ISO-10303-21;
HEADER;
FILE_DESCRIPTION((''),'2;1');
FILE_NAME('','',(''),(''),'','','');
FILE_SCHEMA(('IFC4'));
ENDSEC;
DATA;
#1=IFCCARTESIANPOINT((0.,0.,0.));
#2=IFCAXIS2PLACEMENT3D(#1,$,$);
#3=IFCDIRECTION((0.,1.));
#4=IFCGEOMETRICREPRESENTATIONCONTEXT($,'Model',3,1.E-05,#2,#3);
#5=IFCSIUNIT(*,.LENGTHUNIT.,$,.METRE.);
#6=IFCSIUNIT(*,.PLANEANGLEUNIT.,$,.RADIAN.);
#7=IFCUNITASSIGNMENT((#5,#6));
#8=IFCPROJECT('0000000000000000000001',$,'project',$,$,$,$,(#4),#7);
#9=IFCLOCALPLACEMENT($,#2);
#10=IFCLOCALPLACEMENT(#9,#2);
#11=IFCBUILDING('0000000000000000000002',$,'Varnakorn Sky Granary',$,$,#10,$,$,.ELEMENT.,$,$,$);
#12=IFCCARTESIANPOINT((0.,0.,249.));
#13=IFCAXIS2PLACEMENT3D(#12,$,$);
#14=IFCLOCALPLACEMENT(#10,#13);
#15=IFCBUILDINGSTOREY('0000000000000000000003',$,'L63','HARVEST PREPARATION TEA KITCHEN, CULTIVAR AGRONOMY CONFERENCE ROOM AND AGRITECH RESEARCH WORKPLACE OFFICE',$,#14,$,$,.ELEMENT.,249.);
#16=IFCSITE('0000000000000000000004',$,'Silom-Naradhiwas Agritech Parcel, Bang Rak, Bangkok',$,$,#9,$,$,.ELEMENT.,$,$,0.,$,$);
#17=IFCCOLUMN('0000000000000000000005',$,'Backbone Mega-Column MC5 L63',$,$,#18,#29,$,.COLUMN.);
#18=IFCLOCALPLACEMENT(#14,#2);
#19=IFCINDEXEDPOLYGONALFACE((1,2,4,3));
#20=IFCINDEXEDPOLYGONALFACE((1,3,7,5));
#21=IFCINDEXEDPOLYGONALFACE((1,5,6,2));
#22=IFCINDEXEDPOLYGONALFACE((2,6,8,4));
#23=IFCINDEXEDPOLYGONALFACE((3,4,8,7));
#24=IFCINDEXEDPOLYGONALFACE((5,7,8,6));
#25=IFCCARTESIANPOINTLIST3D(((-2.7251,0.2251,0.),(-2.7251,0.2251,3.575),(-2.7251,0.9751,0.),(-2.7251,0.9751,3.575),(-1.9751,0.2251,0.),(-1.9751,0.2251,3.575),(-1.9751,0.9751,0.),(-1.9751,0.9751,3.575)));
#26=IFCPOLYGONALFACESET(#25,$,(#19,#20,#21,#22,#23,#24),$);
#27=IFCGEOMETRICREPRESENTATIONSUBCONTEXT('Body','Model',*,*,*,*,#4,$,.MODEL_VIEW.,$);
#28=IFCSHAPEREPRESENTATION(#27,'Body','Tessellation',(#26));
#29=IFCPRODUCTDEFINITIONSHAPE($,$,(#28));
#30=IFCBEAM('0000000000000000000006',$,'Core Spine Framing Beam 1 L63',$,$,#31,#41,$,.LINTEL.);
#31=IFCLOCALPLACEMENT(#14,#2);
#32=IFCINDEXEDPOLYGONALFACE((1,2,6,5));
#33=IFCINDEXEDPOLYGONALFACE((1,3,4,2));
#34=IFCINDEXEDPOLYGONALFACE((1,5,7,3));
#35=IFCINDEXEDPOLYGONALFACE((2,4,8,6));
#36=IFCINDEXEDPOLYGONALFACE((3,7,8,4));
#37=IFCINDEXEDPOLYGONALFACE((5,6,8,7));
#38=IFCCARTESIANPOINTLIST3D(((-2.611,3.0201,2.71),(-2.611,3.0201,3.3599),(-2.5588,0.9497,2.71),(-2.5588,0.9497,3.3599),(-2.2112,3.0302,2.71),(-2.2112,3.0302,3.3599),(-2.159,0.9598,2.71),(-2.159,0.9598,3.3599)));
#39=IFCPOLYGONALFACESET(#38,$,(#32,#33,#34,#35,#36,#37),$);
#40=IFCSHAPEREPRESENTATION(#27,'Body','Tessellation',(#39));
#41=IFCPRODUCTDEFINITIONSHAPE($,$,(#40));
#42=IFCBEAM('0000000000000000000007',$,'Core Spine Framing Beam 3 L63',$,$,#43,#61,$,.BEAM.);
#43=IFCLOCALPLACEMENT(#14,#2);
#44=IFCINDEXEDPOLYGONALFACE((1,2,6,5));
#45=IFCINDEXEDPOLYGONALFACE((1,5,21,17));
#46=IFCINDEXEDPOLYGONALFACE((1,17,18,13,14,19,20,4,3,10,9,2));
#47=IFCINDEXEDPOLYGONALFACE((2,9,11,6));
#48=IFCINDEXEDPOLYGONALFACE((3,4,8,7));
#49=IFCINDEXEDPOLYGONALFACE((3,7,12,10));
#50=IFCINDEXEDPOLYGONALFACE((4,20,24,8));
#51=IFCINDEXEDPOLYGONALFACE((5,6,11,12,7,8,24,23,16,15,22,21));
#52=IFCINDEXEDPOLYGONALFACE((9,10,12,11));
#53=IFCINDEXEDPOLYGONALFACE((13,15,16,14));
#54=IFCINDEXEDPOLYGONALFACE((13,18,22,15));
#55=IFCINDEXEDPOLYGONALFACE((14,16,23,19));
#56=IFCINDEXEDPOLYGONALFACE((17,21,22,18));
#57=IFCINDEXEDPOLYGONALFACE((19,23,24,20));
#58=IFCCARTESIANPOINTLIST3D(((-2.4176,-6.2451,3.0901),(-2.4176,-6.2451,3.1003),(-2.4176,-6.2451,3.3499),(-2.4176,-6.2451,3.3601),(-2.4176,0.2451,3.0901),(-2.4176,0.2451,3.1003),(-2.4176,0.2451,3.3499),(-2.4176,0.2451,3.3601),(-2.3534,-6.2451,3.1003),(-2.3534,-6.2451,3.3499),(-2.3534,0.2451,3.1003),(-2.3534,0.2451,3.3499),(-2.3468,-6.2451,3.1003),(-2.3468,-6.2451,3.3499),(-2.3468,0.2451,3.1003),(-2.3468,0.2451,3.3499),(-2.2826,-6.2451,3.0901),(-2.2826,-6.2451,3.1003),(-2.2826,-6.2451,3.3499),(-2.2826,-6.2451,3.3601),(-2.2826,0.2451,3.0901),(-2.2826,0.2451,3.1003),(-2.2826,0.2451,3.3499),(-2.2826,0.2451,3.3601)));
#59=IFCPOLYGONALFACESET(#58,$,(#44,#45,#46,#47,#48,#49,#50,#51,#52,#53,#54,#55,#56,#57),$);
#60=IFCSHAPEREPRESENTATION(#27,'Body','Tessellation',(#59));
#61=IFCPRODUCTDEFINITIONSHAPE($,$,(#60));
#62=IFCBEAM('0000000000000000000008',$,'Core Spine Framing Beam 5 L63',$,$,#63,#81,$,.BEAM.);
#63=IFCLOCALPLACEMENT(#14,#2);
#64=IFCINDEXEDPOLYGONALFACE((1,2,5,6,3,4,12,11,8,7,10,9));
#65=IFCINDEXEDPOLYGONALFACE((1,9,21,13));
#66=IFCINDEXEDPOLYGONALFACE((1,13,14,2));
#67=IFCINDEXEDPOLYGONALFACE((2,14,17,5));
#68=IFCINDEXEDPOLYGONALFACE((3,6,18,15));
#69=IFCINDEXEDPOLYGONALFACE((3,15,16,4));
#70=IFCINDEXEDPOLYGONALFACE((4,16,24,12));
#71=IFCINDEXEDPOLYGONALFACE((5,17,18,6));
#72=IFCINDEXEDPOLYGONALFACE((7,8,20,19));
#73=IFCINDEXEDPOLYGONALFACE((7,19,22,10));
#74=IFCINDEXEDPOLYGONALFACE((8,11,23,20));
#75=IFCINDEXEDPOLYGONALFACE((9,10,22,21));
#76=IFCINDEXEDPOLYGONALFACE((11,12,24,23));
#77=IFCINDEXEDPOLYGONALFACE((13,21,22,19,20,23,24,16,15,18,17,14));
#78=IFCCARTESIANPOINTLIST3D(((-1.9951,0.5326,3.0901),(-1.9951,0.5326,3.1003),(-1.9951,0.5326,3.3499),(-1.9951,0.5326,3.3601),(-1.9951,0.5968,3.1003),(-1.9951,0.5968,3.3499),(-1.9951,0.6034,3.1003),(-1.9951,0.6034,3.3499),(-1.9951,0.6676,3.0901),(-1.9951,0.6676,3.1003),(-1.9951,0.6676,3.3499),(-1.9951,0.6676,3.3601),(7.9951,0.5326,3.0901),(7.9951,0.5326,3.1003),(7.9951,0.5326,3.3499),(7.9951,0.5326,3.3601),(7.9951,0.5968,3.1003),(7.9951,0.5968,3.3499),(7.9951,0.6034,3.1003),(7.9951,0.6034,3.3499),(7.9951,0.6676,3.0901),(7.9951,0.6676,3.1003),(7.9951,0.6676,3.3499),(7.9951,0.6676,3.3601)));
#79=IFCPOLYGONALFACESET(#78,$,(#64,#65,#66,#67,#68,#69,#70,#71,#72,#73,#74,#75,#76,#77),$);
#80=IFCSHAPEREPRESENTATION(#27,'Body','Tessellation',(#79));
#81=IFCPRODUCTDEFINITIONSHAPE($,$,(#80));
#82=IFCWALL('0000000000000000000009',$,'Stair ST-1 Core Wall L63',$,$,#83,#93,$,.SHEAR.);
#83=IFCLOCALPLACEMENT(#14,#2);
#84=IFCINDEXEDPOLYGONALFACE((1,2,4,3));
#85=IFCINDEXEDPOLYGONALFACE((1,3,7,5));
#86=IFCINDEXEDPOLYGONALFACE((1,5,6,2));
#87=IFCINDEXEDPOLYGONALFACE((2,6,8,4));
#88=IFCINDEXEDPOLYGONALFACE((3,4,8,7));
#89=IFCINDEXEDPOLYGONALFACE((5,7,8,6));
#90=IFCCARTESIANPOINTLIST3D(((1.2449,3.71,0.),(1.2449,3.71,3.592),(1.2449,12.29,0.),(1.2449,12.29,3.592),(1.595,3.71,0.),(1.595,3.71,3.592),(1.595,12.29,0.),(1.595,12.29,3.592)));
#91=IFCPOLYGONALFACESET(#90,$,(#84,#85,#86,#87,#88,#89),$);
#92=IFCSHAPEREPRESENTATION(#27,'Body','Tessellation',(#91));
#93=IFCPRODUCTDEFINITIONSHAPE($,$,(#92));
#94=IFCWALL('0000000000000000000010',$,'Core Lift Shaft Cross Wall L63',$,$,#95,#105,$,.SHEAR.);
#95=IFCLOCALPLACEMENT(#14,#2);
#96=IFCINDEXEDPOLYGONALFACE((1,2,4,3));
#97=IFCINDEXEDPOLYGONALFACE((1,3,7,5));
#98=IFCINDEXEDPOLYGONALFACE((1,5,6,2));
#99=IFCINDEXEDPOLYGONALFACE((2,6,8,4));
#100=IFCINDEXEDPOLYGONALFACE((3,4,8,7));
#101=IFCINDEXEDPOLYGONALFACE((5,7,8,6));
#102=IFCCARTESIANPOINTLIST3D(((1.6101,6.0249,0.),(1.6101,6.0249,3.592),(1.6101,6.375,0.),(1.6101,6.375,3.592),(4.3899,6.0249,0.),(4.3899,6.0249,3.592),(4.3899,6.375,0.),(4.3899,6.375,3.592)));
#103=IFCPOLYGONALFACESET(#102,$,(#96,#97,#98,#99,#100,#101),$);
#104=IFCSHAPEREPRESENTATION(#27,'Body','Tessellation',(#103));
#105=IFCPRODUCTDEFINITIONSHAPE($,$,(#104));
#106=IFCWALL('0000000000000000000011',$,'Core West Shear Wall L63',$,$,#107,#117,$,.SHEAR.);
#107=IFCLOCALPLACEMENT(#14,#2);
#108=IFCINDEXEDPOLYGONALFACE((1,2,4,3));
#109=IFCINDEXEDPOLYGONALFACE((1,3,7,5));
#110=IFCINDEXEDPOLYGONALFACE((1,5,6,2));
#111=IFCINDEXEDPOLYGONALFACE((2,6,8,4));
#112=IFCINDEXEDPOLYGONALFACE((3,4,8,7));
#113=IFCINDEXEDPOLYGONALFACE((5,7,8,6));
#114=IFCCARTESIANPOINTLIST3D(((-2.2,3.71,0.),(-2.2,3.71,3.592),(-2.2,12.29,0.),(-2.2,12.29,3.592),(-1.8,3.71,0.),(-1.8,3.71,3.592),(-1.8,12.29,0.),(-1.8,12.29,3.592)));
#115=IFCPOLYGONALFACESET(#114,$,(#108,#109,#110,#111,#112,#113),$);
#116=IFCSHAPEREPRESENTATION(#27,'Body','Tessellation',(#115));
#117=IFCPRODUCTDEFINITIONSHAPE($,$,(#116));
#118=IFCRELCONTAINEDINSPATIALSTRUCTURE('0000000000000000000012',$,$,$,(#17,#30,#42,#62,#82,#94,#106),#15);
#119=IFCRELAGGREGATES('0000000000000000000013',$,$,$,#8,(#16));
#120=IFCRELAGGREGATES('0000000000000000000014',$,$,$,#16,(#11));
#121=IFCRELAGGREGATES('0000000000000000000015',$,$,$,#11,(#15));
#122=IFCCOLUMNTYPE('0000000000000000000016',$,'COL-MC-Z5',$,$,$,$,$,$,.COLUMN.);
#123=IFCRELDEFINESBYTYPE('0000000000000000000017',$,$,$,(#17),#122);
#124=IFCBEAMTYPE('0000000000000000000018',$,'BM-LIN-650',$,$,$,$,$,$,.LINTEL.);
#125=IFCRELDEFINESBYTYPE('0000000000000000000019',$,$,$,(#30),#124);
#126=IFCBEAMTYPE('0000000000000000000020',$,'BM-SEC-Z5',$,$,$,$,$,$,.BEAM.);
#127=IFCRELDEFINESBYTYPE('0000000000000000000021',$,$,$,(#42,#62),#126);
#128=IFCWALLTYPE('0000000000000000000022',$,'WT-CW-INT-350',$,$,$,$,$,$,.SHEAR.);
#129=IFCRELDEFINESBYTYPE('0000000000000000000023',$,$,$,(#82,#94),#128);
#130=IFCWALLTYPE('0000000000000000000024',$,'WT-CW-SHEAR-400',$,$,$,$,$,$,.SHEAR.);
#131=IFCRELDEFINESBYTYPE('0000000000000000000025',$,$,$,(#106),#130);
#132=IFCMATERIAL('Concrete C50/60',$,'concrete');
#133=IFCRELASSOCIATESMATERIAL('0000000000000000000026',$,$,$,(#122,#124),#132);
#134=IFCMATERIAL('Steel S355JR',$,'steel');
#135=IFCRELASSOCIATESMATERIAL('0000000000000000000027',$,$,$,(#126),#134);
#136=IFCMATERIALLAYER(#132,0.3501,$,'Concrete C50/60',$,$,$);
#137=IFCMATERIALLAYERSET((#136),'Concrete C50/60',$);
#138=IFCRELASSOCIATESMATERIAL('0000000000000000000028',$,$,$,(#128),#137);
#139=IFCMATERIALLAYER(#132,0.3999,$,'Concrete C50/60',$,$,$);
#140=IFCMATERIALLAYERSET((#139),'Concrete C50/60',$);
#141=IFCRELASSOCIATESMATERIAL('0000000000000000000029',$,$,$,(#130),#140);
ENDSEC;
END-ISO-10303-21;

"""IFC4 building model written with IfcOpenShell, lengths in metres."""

from ifc_helpers import new_model, si_unit, direction, frame, frame_2d, origin, origin_2d, place, context, subcontext, project, spatial, rectangle, i_section, extrude, material, layer, layer_set, material_profile, profile_set, type_object, element, save


model = new_model("IFC4")

# Units and contexts
model_context = context("Model", 3, precision=1e-05, world=origin(), true_north=direction((0.0, 1.0)))
body_context = subcontext(model_context, "Body", "Model", "MODEL_VIEW")
ifc_project = project(units=[si_unit("LENGTHUNIT", "METRE"), si_unit("PLANEANGLEUNIT", "RADIAN")], contexts=[model_context])

# Site, building, storey
site_placement = place(None, origin())
site = spatial("IfcSite", under=ifc_project, at=site_placement, Name="Silom-Naradhiwas Agritech Parcel, Bang Rak, Bangkok", CompositionType="ELEMENT", RefElevation=0.0)
building_placement = place(site_placement, origin())
building = spatial("IfcBuilding", under=site, at=building_placement, Name="Varnakorn Sky Granary", CompositionType="ELEMENT")
storey_placement = place(building_placement, frame((0.0, 0.0, 249.0)))
storey = spatial("IfcBuildingStorey", under=building, at=storey_placement, Name="L63", Description="HARVEST PREPARATION TEA KITCHEN, CULTIVAR AGRONOMY CONFERENCE ROOM AND AGRITECH RESEARCH WORKPLACE OFFICE", CompositionType="ELEMENT", Elevation=249.0)

# Column
ifc_material_1 = material(Name="Concrete C50/60", Category="concrete")
ifc_material_profile_1 = material_profile(ifc_material_1, rectangle(XDim=0.75, YDim=0.75, at=origin_2d()), Name="RC 750x750")
ifc_profile_set_1 = profile_set([ifc_material_profile_1], Name="Concrete C50/60")
column_type = type_object("IfcColumnType", Name="COL-MC-Z5", PredefinedType="COLUMN", material=ifc_profile_set_1)
column_placement = place(storey_placement, frame((-2.3501, 0.6001, 0.0), z_axis=(0.0, 0.0, 1.0), x_axis=(1.0, 0.0, 0.0)))
element("IfcColumn", 1, at=column_placement, inside=storey, type_object=column_type, Name="Backbone Mega-Column MC5 L63", PredefinedType="COLUMN", context=body_context, shape_type="SweptSolid", body=[
    extrude(rectangle(XDim=0.75, YDim=0.75, at=origin_2d()), origin(), (0.0, 0.0, 1.0), 3.575),
])

# Beams
ifc_material_profile_2 = material_profile(ifc_material_1, rectangle(XDim=0.3999, YDim=0.6499, at=origin_2d()), Name="RC 400x650")
ifc_profile_set_2 = profile_set([ifc_material_profile_2], Name="Concrete C50/60")
beam_type_1 = type_object("IfcBeamType", Name="BM-LIN-650", PredefinedType="LINTEL", material=ifc_profile_set_2)
beam_1_placement = place(storey_placement, frame((-2.4111, 3.0251, 3.0349), z_axis=(0.025228, -0.999682, 0.0), x_axis=(0.999682, 0.025228, 0.0)))
element("IfcBeam", 2, at=beam_1_placement, inside=storey, type_object=beam_type_1, Name="Core Spine Framing Beam 1 L63", PredefinedType="LINTEL", context=body_context, shape_type="SweptSolid", body=[
    extrude(rectangle(XDim=0.3999, YDim=0.6499, at=origin_2d()), origin(), (0.0, 0.0, 1.0), 2.071),
])
ifc_material_2 = material(Name="Steel S355JR", Category="steel")
ifc_material_profile_3 = material_profile(ifc_material_2, i_section(OverallWidth=0.135, OverallDepth=0.27, WebThickness=0.0066, FlangeThickness=0.0103, at=origin_2d()), Name="IPE 270")
ifc_profile_set_3 = profile_set([ifc_material_profile_3], Name="Steel S355JR")
beam_type_2 = type_object("IfcBeamType", Name="BM-SEC-Z5", PredefinedType="BEAM", material=ifc_profile_set_3)
beam_2_placement = place(storey_placement, frame((-2.3501, 0.2451, 3.2251), z_axis=(0.0, -1.0, 0.0), x_axis=(1.0, 0.0, 0.0)))
element("IfcBeam", 3, at=beam_2_placement, inside=storey, type_object=beam_type_2, Name="Core Spine Framing Beam 3 L63", PredefinedType="BEAM", context=body_context, shape_type="SweptSolid", body=[
    extrude(i_section(OverallWidth=0.135, OverallDepth=0.27, WebThickness=0.0066, FlangeThickness=0.0103, at=origin_2d()), origin(), (0.0, 0.0, 1.0), 6.4902),
])
beam_3_placement = place(storey_placement, frame((-1.9951, 0.6001, 3.2251), z_axis=(1.0, 0.0, 0.0), x_axis=(0.0, 1.0, 0.0)))
element("IfcBeam", 4, at=beam_3_placement, inside=storey, type_object=beam_type_2, Name="Core Spine Framing Beam 5 L63", PredefinedType="BEAM", context=body_context, shape_type="SweptSolid", body=[
    extrude(i_section(OverallWidth=0.135, OverallDepth=0.27, WebThickness=0.0066, FlangeThickness=0.0103, at=origin_2d()), origin(), (0.0, 0.0, 1.0), 9.9902),
])

# Walls
ifc_layer_1 = layer(ifc_material_1, 0.3501, Name="Concrete C50/60")
ifc_layer_set_1 = layer_set([ifc_layer_1], Name="Concrete C50/60")
wall_type_1 = type_object("IfcWallType", Name="WT-CW-INT-350", PredefinedType="SHEAR", material=ifc_layer_set_1)
wall_1_placement = place(storey_placement, frame((1.4199, 3.71, 0.0), z_axis=(0.0, 0.0, 1.0), x_axis=(0.0, 1.0, 0.0)))
element("IfcWall", 5, at=wall_1_placement, inside=storey, type_object=wall_type_1, Name="Stair ST-1 Core Wall L63", PredefinedType="SHEAR", context=body_context, shape_type="SweptSolid", body=[
    extrude(rectangle(XDim=8.5801, YDim=0.3501, at=frame_2d((4.29, 0.0))), origin(), (0.0, 0.0, 1.0), 3.592),
])
wall_2_placement = place(storey_placement, frame((1.6101, 6.2, 0.0), z_axis=(0.0, 0.0, 1.0), x_axis=(1.0, 0.0, 0.0)))
element("IfcWall", 6, at=wall_2_placement, inside=storey, type_object=wall_type_1, Name="Core Lift Shaft Cross Wall L63", PredefinedType="SHEAR", context=body_context, shape_type="SweptSolid", body=[
    extrude(rectangle(XDim=2.7798, YDim=0.3501, at=frame_2d((1.3899, 0.0))), origin(), (0.0, 0.0, 1.0), 3.592),
])

# Shared definitions
ifc_layer_2 = layer(ifc_material_1, 0.3999, Name="Concrete C50/60")
ifc_layer_set_2 = layer_set([ifc_layer_2], Name="Concrete C50/60")
wall_type_2 = type_object("IfcWallType", Name="WT-CW-SHEAR-400", PredefinedType="SHEAR", material=ifc_layer_set_2)

# Wall
wall_3_placement = place(storey_placement, frame((-2.0, 3.71, 0.0), z_axis=(0.0, 0.0, 1.0), x_axis=(0.0, 1.0, 0.0)))
element("IfcWall", 7, at=wall_3_placement, inside=storey, type_object=wall_type_2, Name="Core West Shear Wall L63", PredefinedType="SHEAR", context=body_context, shape_type="SweptSolid", body=[
    extrude(rectangle(XDim=8.5801, YDim=0.3999, at=frame_2d((4.29, 0.0))), origin(), (0.0, 0.0, 1.0), 3.592),
])

save(model, "model.ifc")
